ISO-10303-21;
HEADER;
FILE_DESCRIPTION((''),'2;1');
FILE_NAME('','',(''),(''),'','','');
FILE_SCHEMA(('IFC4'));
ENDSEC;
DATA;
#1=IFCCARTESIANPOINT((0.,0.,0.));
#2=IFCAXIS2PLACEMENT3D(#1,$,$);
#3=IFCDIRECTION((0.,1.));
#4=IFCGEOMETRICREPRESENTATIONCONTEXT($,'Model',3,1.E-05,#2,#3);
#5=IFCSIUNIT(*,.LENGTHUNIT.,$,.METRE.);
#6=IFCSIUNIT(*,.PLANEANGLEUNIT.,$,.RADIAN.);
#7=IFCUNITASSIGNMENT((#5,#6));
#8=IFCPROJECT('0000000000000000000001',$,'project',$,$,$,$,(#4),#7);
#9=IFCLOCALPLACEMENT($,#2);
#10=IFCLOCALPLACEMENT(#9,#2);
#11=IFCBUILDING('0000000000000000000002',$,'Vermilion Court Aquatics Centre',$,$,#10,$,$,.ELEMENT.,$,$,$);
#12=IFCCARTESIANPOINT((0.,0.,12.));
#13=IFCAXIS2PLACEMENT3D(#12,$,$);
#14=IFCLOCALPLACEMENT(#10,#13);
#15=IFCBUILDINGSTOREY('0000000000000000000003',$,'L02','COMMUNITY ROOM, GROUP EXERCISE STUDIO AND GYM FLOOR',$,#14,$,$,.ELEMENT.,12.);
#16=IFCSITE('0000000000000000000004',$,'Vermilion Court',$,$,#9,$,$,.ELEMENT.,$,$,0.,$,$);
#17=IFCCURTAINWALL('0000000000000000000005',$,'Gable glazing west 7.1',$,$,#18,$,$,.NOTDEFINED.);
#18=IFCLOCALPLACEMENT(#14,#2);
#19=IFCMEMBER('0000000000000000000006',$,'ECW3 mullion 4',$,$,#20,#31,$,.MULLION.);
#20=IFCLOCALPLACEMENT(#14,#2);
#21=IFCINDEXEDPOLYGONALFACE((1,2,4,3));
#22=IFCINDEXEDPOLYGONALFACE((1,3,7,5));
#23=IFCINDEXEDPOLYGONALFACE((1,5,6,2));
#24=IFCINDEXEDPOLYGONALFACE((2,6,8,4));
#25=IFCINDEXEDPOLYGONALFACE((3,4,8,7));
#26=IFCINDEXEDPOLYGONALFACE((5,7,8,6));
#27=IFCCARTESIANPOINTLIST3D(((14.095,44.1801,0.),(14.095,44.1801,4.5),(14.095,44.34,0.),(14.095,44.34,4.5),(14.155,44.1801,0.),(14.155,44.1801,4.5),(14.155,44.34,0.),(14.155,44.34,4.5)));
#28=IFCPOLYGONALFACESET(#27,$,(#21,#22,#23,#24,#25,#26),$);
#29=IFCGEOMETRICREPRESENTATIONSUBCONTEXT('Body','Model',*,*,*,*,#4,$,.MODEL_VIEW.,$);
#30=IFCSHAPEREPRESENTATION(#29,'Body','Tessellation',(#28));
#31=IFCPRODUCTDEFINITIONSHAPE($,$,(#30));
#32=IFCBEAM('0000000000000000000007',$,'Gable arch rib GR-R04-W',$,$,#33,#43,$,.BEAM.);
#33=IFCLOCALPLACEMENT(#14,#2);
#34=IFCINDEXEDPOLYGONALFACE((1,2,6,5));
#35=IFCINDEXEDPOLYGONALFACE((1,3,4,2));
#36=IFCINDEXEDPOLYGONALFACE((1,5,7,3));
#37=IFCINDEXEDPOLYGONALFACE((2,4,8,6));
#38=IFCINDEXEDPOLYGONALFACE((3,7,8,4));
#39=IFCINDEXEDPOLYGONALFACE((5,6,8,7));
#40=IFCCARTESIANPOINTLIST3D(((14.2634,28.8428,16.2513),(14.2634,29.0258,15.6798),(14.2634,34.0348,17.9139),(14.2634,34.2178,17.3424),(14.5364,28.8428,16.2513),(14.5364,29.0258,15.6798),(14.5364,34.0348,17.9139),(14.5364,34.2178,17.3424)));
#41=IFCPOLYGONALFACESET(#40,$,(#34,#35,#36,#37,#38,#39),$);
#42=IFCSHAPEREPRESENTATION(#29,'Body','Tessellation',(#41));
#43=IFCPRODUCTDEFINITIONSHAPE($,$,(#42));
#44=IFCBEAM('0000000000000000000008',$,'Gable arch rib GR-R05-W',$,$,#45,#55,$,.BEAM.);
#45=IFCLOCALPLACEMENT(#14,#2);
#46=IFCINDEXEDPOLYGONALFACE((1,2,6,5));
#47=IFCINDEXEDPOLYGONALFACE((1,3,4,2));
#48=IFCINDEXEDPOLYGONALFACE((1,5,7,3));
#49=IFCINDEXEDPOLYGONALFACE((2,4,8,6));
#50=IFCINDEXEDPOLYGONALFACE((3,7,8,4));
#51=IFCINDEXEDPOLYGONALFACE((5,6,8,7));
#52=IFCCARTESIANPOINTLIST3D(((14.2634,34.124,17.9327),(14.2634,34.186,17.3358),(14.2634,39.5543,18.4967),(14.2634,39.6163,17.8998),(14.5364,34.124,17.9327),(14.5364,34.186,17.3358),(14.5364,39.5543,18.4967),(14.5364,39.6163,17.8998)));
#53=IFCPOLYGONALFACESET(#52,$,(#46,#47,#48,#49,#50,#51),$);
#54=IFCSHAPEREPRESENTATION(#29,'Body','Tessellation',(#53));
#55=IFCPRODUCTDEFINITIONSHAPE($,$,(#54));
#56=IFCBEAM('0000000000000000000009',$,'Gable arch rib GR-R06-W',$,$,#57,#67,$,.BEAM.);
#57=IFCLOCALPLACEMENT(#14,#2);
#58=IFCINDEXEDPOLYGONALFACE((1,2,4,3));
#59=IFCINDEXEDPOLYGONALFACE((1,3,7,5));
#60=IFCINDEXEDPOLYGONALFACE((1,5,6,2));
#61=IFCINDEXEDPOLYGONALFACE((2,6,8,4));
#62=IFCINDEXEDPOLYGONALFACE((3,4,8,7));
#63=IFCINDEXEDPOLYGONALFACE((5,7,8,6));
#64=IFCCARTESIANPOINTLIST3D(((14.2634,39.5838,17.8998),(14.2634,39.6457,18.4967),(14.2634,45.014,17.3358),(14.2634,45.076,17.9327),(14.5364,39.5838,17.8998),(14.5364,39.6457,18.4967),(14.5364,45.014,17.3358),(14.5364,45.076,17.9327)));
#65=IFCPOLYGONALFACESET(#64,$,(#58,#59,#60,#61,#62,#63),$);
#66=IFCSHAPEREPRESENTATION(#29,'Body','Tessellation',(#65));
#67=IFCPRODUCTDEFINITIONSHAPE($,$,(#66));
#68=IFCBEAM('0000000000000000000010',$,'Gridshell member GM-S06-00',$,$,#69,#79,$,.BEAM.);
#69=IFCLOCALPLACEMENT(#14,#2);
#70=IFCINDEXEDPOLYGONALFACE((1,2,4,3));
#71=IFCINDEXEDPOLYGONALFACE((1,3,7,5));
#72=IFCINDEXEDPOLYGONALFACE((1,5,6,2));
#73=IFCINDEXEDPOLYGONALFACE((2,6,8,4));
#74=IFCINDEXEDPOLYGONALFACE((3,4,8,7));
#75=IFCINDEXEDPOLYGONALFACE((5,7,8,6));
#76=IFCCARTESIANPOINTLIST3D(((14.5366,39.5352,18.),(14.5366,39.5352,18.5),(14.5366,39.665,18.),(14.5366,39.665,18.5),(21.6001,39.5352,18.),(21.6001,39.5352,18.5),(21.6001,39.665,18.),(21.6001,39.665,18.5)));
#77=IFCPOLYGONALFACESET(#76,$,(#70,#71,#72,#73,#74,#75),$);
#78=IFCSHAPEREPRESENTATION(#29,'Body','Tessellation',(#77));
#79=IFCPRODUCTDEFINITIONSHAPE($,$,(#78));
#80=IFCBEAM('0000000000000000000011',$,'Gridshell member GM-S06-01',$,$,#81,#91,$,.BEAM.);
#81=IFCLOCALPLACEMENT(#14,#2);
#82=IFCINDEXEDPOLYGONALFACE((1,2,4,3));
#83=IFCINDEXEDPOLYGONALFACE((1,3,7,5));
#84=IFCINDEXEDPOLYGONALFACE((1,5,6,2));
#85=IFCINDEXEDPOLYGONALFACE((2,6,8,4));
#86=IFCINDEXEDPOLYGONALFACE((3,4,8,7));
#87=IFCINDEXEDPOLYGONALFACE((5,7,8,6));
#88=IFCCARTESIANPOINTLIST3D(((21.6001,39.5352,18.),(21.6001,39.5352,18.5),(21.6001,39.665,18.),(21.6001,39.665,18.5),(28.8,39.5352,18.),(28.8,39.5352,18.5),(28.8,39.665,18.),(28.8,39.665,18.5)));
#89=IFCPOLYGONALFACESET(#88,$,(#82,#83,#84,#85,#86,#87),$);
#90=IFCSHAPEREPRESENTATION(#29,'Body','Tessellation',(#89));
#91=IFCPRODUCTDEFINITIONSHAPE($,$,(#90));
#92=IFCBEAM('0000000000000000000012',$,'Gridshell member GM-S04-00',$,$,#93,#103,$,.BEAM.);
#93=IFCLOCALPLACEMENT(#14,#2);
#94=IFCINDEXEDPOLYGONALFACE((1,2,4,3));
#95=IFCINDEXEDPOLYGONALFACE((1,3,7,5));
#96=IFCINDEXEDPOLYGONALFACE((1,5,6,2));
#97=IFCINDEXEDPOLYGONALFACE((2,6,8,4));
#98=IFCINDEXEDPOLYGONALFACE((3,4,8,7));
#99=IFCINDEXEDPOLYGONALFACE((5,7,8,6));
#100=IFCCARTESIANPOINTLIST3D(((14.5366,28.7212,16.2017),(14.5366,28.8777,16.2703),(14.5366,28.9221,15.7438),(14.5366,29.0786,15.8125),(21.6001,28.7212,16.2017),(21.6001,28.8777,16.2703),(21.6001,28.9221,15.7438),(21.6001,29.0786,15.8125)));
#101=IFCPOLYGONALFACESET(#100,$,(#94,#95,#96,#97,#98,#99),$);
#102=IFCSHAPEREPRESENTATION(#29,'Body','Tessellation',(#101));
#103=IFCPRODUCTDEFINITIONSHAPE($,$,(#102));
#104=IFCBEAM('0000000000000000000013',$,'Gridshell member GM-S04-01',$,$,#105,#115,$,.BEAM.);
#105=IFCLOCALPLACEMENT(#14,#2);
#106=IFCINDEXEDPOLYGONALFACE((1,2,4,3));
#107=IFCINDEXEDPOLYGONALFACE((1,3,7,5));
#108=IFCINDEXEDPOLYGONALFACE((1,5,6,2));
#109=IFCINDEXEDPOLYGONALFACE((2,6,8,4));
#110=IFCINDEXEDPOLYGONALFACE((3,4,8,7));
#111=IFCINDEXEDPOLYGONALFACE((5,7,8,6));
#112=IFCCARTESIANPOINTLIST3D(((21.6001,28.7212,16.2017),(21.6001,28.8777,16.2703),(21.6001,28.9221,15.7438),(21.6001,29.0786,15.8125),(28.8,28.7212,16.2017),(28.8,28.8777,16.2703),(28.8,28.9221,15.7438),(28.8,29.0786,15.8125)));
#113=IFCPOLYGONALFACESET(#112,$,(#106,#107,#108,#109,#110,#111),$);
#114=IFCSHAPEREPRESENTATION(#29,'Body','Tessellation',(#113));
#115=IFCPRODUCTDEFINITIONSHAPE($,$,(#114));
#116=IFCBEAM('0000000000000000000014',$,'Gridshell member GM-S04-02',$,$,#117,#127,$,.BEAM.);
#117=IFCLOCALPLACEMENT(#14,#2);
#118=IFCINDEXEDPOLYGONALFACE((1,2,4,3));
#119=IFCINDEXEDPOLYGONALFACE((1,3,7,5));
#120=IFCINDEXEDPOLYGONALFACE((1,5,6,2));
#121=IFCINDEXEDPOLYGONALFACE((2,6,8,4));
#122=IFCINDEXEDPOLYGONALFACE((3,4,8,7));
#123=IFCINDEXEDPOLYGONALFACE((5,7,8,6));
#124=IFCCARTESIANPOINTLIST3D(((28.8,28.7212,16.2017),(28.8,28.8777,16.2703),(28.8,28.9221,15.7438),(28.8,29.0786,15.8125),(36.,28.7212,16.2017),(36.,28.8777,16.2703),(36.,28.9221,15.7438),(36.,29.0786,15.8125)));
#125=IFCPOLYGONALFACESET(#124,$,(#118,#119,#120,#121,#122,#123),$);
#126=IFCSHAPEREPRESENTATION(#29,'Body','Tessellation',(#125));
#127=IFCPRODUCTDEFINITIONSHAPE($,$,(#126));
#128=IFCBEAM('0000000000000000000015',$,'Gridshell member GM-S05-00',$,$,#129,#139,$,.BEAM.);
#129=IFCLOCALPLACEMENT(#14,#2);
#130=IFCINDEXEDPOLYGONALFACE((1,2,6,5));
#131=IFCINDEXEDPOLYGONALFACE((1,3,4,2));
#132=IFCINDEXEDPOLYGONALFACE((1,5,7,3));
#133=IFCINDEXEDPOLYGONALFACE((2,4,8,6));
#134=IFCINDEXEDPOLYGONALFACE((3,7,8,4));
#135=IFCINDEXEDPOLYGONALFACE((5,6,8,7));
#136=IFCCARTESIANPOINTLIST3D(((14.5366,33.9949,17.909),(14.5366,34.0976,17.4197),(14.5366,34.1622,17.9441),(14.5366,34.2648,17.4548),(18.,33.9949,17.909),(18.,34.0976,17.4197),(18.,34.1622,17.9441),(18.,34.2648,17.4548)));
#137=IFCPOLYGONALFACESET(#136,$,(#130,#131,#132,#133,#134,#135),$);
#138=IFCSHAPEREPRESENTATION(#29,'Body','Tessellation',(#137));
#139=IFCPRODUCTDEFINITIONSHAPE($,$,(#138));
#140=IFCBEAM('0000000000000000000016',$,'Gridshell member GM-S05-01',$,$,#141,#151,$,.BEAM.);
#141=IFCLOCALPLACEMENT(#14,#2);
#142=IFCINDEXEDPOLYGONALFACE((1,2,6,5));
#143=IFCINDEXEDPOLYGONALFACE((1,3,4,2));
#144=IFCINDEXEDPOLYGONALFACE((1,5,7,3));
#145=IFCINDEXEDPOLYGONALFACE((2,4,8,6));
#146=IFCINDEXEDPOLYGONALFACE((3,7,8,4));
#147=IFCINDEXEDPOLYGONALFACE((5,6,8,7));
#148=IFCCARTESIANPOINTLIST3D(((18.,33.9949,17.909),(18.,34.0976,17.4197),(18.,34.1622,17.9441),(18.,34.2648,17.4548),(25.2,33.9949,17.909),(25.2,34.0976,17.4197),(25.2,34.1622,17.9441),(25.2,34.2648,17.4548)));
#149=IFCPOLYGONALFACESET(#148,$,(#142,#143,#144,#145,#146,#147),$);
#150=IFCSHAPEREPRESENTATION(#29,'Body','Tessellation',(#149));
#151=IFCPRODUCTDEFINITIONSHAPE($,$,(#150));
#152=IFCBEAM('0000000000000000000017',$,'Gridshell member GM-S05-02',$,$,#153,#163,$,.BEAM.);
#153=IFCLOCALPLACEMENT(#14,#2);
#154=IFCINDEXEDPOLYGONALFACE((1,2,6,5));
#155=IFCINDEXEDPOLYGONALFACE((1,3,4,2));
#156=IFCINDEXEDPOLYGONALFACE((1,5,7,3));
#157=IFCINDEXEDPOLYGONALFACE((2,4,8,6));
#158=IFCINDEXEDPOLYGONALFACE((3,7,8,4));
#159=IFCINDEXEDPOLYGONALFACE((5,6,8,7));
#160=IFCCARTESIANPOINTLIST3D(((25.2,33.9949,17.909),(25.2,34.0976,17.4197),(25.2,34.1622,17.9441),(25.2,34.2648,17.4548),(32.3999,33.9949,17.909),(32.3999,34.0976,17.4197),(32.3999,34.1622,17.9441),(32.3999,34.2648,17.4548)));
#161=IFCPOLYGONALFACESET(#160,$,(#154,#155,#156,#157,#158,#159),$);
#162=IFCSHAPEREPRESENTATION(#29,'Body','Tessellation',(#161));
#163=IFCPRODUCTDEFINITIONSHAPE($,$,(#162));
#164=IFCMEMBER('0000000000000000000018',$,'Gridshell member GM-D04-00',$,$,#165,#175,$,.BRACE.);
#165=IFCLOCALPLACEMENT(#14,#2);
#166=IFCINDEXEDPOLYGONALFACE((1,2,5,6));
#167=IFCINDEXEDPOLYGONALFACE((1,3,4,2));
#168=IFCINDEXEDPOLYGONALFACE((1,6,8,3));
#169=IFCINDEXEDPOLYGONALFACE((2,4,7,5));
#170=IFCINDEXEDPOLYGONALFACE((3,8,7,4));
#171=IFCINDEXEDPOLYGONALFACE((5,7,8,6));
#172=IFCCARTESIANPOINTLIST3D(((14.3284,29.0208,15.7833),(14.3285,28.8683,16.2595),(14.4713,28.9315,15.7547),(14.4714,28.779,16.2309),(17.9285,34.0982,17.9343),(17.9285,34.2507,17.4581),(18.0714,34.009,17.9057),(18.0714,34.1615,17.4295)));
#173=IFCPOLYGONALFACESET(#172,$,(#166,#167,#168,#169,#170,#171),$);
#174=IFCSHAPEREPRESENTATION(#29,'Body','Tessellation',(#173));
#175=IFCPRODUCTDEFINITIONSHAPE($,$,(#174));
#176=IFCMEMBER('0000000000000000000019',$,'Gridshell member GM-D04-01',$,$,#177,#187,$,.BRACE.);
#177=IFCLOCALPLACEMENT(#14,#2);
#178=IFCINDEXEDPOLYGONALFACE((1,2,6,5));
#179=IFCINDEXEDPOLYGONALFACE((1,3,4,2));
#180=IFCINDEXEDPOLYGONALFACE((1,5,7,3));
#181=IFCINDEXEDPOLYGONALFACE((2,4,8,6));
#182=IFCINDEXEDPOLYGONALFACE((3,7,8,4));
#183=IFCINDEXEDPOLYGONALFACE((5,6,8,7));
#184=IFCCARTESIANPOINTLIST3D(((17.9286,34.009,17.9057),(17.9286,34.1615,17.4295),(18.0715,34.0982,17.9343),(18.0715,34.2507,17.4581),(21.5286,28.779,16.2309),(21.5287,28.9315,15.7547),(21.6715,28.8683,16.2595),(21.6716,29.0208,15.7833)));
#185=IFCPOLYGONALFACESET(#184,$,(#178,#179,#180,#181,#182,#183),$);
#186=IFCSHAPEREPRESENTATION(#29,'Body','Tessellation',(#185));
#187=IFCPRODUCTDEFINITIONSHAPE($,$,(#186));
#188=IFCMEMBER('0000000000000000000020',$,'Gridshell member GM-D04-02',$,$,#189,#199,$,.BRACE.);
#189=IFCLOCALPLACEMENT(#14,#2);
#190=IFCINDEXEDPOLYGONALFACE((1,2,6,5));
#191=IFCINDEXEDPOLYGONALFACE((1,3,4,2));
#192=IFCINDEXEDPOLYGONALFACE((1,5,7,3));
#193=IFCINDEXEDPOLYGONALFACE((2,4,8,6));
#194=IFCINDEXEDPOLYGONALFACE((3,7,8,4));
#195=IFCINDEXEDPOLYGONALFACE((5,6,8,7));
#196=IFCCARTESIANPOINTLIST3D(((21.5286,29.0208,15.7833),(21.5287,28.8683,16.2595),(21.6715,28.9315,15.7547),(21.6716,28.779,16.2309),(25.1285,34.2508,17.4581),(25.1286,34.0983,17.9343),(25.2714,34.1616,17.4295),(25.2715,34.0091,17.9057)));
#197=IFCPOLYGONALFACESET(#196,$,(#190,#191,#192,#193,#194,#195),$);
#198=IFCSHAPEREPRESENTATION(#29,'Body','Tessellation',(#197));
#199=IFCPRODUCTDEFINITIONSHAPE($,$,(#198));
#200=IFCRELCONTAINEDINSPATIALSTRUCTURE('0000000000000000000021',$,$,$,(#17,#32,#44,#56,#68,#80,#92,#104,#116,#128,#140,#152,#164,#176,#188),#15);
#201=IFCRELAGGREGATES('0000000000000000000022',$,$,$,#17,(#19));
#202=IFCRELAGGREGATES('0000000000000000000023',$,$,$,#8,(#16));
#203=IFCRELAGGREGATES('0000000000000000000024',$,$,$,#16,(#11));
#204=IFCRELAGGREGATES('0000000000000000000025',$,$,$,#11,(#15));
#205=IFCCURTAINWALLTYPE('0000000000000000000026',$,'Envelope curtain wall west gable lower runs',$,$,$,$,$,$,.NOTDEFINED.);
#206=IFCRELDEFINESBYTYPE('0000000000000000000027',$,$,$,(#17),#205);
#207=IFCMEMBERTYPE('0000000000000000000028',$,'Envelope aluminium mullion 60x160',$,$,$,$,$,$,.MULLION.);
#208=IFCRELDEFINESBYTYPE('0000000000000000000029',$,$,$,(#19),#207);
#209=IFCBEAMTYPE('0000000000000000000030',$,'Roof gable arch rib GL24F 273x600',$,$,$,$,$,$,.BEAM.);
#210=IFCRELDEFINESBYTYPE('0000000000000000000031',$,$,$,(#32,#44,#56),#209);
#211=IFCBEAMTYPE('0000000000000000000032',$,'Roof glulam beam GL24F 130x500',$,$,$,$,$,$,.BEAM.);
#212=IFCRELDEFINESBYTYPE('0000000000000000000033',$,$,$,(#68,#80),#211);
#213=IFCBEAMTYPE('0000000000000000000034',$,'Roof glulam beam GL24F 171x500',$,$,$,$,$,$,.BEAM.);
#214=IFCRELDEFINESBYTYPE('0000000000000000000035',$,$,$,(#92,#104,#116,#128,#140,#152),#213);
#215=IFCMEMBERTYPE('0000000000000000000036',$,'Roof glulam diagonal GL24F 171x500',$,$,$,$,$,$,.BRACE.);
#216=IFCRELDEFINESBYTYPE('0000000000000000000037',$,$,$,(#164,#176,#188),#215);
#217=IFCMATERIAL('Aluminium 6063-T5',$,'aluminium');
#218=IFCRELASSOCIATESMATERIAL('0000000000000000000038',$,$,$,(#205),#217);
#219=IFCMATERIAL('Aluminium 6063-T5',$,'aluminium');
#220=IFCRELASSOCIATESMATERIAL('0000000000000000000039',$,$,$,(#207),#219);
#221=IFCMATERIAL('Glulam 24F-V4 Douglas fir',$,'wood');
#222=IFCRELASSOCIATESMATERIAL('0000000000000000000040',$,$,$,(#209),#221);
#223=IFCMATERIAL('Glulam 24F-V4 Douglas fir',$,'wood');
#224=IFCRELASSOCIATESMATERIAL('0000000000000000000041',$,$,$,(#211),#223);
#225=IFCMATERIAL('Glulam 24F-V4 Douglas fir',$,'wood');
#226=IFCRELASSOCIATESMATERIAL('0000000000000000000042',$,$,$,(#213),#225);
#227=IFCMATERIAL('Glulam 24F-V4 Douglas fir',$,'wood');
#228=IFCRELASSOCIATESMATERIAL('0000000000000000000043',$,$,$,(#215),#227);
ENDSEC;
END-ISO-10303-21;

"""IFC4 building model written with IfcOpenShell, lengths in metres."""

from ifc_helpers import new_model, si_unit, direction, frame, origin, origin_2d, place, context, subcontext, project, spatial, rectangle, extrude, material, material_profile, profile_set, type_object, element, aggregate, save


model = new_model("IFC4")

# Units and contexts
model_context = context("Model", 3, precision=1e-05, world=origin(), true_north=direction((0.0, 1.0)))
body_context = subcontext(model_context, "Body", "Model", "MODEL_VIEW")
ifc_project = project(units=[si_unit("LENGTHUNIT", "METRE"), si_unit("PLANEANGLEUNIT", "RADIAN")], contexts=[model_context])

# Site, building, storey
site_placement = place(None, origin())
site = spatial("IfcSite", under=ifc_project, at=site_placement, Name="Vermilion Court", CompositionType="ELEMENT", RefElevation=0.0)
building_placement = place(site_placement, origin())
building = spatial("IfcBuilding", under=site, at=building_placement, Name="Vermilion Court Aquatics Centre", CompositionType="ELEMENT")
storey_placement = place(building_placement, frame((0.0, 0.0, 12.0)))
storey = spatial("IfcBuildingStorey", under=building, at=storey_placement, Name="L02", Description="COMMUNITY ROOM, GROUP EXERCISE STUDIO AND GYM FLOOR", CompositionType="ELEMENT", Elevation=12.0)

# Curtain wall, member
ifc_material_1 = material(Name="Aluminium 6063-T5", Category="aluminium")
curtain_wall_type = type_object("IfcCurtainWallType", Name="Envelope curtain wall west gable lower runs", PredefinedType="NOTDEFINED", material=ifc_material_1)
curtain_wall_placement = place(storey_placement, origin())
curtain_wall = element("IfcCurtainWall", 1, at=curtain_wall_placement, inside=storey, type_object=curtain_wall_type, Name="Gable glazing west 7.1", PredefinedType="NOTDEFINED")
ifc_material_2 = material(Name="Aluminium 6063-T5", Category="aluminium")
ifc_material_profile_1 = material_profile(ifc_material_2, rectangle(XDim=0.0601, YDim=0.1599, at=origin_2d()), Name="AL 60x160")
ifc_profile_set_1 = profile_set([ifc_material_profile_1], Name="Aluminium 6063-T5")
member_type_1 = type_object("IfcMemberType", Name="Envelope aluminium mullion 60x160", PredefinedType="MULLION", material=ifc_profile_set_1)
member_1_placement = place(storey_placement, frame((14.125, 44.26, 0.0), z_axis=(0.0, 0.0, 1.0), x_axis=(-1.0, 0.0, 0.0)))
member_1 = element("IfcMember", 2, at=member_1_placement, type_object=member_type_1, Name="ECW3 mullion 4", PredefinedType="MULLION", context=body_context, shape_type="SweptSolid", body=[
    extrude(rectangle(XDim=0.0601, YDim=0.1599, at=origin_2d()), origin(), (0.0, 0.0, 1.0), 4.5),
])

# Beams
ifc_material_3 = material(Name="Glulam 24F-V4 Douglas fir", Category="wood")
ifc_material_profile_2 = material_profile(ifc_material_3, rectangle(XDim=0.2729, YDim=0.6001, at=origin_2d()), Name="GL24F 273x600")
ifc_profile_set_2 = profile_set([ifc_material_profile_2], Name="Glulam 24F-V4 Douglas fir")
beam_type_1 = type_object("IfcBeamType", Name="Roof gable arch rib GL24F 273x600", PredefinedType="BEAM", material=ifc_profile_set_2)
beam_1_placement = place(storey_placement, frame((14.3999, 28.9343, 15.9656), z_axis=(0.0, 0.952361, 0.304974), x_axis=(-1.0, 0.0, 0.0)))
element("IfcBeam", 3, at=beam_1_placement, inside=storey, type_object=beam_type_1, Name="Gable arch rib GR-R04-W", PredefinedType="BEAM", context=body_context, shape_type="SweptSolid", body=[
    extrude(rectangle(XDim=0.2729, YDim=0.6001, at=origin_2d()), origin(), (0.0, 0.0, 1.0), 5.4517),
])
for number, where, z_axis, x_axis, name in (
    (4, (14.3999, 34.155, 17.6343), (0.0, 0.99465, 0.103302), (-1.0, 0.0, 0.0), "Gable arch rib GR-R05-W"),
    (5, (14.3999, 39.6147, 18.1982), (0.0, 0.99465, -0.103302), (-1.0, 0.0, 0.0), "Gable arch rib GR-R06-W"),
):
    element("IfcBeam", number, at=place(storey_placement, frame(where, z_axis=z_axis, x_axis=x_axis)), inside=storey, type_object=beam_type_1, Name=name, PredefinedType="BEAM", context=body_context, shape_type="SweptSolid", body=[
        extrude(rectangle(XDim=0.2729, YDim=0.6001, at=origin_2d()), origin(), (0.0, 0.0, 1.0), 5.4595),
    ])
ifc_material_4 = material(Name="Glulam 24F-V4 Douglas fir", Category="wood")
ifc_material_profile_3 = material_profile(ifc_material_4, rectangle(XDim=0.1299, YDim=0.5, at=origin_2d()), Name="GL24F 130x500")
ifc_profile_set_3 = profile_set([ifc_material_profile_3], Name="Glulam 24F-V4 Douglas fir")
beam_type_2 = type_object("IfcBeamType", Name="Roof glulam beam GL24F 130x500", PredefinedType="BEAM", material=ifc_profile_set_3)
beam_2_placement = place(storey_placement, frame((14.5366, 39.6001, 18.25), z_axis=(1.0, 0.0, 0.0), x_axis=(0.0, 1.0, 0.0)))
element("IfcBeam", 6, at=beam_2_placement, inside=storey, type_object=beam_type_2, Name="Gridshell member GM-S06-00", PredefinedType="BEAM", context=body_context, shape_type="SweptSolid", body=[
    extrude(rectangle(XDim=0.1299, YDim=0.5, at=origin_2d()), origin(), (0.0, 0.0, 1.0), 7.0635),
])
beam_3_placement = place(storey_placement, frame((21.6001, 39.6001, 18.25), z_axis=(1.0, 0.0, 0.0), x_axis=(0.0, 1.0, 0.0)))
element("IfcBeam", 7, at=beam_3_placement, inside=storey, type_object=beam_type_2, Name="Gridshell member GM-S06-01", PredefinedType="BEAM", context=body_context, shape_type="SweptSolid", body=[
    extrude(rectangle(XDim=0.1299, YDim=0.5, at=origin_2d()), origin(), (0.0, 0.0, 1.0), 7.2),
])
ifc_material_5 = material(Name="Glulam 24F-V4 Douglas fir", Category="wood")
ifc_material_profile_4 = material_profile(ifc_material_5, rectangle(XDim=0.1709, YDim=0.5, at=origin_2d()), Name="GL24F 171x500")
ifc_profile_set_4 = profile_set([ifc_material_profile_4], Name="Glulam 24F-V4 Douglas fir")
beam_type_3 = type_object("IfcBeamType", Name="Roof glulam beam GL24F 171x500", PredefinedType="BEAM", material=ifc_profile_set_4)
beam_4_placement = place(storey_placement, frame((14.5366, 28.8999, 16.0071), z_axis=(1.0, 0.0, 0.0), x_axis=(0.0, 0.915794, 0.401648)))
element("IfcBeam", 8, at=beam_4_placement, inside=storey, type_object=beam_type_3, Name="Gridshell member GM-S04-00", PredefinedType="BEAM", context=body_context, shape_type="SweptSolid", body=[
    extrude(rectangle(XDim=0.1709, YDim=0.5, at=origin_2d()), origin(), (0.0, 0.0, 1.0), 7.0635),
])
for number, where, z_axis, x_axis, name in (
    (9, (21.6001, 28.8999, 16.0071), (1.0, 0.0, 0.0), (0.0, 0.915794, 0.401648), "Gridshell member GM-S04-01"),
    (10, (28.8, 28.8999, 16.0071), (1.0, 0.0, 0.0), (0.0, 0.915794, 0.401648), "Gridshell member GM-S04-02"),
):
    element("IfcBeam", number, at=place(storey_placement, frame(where, z_axis=z_axis, x_axis=x_axis)), inside=storey, type_object=beam_type_3, Name=name, PredefinedType="BEAM", context=body_context, shape_type="SweptSolid", body=[
        extrude(rectangle(XDim=0.1709, YDim=0.5, at=origin_2d()), origin(), (0.0, 0.0, 1.0), 7.2),
    ])
beam_5_placement = place(storey_placement, frame((14.5366, 34.1299, 17.6819), z_axis=(1.0, 0.0, 0.0), x_axis=(0.0, 0.978692, 0.205333)))
element("IfcBeam", 11, at=beam_5_placement, inside=storey, type_object=beam_type_3, Name="Gridshell member GM-S05-00", PredefinedType="BEAM", context=body_context, shape_type="SweptSolid", body=[
    extrude(rectangle(XDim=0.1709, YDim=0.5, at=origin_2d()), origin(), (0.0, 0.0, 1.0), 3.4634),
])
for number, where, z_axis, x_axis, name in (
    (12, (18.0, 34.1299, 17.6819), (1.0, 0.0, 0.0), (0.0, 0.978692, 0.205333), "Gridshell member GM-S05-01"),
    (13, (25.2, 34.1299, 17.6819), (1.0, 0.0, 0.0), (0.0, 0.978692, 0.205333), "Gridshell member GM-S05-02"),
):
    element("IfcBeam", number, at=place(storey_placement, frame(where, z_axis=z_axis, x_axis=x_axis)), inside=storey, type_object=beam_type_3, Name=name, PredefinedType="BEAM", context=body_context, shape_type="SweptSolid", body=[
        extrude(rectangle(XDim=0.1709, YDim=0.5, at=origin_2d()), origin(), (0.0, 0.0, 1.0), 7.2),
    ])

# Members
ifc_material_6 = material(Name="Glulam 24F-V4 Douglas fir", Category="wood")
ifc_material_profile_5 = material_profile(ifc_material_6, rectangle(XDim=0.1709, YDim=0.5, at=origin_2d()), Name="GL24F 171x500")
ifc_profile_set_5 = profile_set([ifc_material_profile_5], Name="Glulam 24F-V4 Douglas fir")
member_type_2 = type_object("IfcMemberType", Name="Roof glulam diagonal GL24F 171x500", PredefinedType="BRACE", material=ifc_profile_set_5)
for number, where, z_axis, x_axis, name in (
    (14, (14.3999, 28.8999, 16.0071), (0.548256, 0.796469, 0.255055), (-0.836311, 0.522113, 0.167278), "Gridshell member GM-D04-00"),
    (15, (21.6001, 28.8999, 16.0071), (-0.548256, 0.796469, 0.255055), (-0.836311, -0.522113, -0.167278), "Gridshell member GM-D04-01"),
    (16, (21.6001, 28.8999, 16.0071), (0.54823, 0.796485, 0.25506), (-0.836328, 0.522086, 0.167278), "Gridshell member GM-D04-02"),
):
    element("IfcMember", number, at=place(storey_placement, frame(where, z_axis=z_axis, x_axis=x_axis)), inside=storey, type_object=member_type_2, Name=name, PredefinedType="BRACE", context=body_context, shape_type="SweptSolid", body=[
        extrude(rectangle(XDim=0.1709, YDim=0.5, at=origin_2d()), origin(), (0.0, 0.0, 1.0), 6.5664),
    ])

aggregate(curtain_wall, [member_1])

save(model, "model.ifc")
